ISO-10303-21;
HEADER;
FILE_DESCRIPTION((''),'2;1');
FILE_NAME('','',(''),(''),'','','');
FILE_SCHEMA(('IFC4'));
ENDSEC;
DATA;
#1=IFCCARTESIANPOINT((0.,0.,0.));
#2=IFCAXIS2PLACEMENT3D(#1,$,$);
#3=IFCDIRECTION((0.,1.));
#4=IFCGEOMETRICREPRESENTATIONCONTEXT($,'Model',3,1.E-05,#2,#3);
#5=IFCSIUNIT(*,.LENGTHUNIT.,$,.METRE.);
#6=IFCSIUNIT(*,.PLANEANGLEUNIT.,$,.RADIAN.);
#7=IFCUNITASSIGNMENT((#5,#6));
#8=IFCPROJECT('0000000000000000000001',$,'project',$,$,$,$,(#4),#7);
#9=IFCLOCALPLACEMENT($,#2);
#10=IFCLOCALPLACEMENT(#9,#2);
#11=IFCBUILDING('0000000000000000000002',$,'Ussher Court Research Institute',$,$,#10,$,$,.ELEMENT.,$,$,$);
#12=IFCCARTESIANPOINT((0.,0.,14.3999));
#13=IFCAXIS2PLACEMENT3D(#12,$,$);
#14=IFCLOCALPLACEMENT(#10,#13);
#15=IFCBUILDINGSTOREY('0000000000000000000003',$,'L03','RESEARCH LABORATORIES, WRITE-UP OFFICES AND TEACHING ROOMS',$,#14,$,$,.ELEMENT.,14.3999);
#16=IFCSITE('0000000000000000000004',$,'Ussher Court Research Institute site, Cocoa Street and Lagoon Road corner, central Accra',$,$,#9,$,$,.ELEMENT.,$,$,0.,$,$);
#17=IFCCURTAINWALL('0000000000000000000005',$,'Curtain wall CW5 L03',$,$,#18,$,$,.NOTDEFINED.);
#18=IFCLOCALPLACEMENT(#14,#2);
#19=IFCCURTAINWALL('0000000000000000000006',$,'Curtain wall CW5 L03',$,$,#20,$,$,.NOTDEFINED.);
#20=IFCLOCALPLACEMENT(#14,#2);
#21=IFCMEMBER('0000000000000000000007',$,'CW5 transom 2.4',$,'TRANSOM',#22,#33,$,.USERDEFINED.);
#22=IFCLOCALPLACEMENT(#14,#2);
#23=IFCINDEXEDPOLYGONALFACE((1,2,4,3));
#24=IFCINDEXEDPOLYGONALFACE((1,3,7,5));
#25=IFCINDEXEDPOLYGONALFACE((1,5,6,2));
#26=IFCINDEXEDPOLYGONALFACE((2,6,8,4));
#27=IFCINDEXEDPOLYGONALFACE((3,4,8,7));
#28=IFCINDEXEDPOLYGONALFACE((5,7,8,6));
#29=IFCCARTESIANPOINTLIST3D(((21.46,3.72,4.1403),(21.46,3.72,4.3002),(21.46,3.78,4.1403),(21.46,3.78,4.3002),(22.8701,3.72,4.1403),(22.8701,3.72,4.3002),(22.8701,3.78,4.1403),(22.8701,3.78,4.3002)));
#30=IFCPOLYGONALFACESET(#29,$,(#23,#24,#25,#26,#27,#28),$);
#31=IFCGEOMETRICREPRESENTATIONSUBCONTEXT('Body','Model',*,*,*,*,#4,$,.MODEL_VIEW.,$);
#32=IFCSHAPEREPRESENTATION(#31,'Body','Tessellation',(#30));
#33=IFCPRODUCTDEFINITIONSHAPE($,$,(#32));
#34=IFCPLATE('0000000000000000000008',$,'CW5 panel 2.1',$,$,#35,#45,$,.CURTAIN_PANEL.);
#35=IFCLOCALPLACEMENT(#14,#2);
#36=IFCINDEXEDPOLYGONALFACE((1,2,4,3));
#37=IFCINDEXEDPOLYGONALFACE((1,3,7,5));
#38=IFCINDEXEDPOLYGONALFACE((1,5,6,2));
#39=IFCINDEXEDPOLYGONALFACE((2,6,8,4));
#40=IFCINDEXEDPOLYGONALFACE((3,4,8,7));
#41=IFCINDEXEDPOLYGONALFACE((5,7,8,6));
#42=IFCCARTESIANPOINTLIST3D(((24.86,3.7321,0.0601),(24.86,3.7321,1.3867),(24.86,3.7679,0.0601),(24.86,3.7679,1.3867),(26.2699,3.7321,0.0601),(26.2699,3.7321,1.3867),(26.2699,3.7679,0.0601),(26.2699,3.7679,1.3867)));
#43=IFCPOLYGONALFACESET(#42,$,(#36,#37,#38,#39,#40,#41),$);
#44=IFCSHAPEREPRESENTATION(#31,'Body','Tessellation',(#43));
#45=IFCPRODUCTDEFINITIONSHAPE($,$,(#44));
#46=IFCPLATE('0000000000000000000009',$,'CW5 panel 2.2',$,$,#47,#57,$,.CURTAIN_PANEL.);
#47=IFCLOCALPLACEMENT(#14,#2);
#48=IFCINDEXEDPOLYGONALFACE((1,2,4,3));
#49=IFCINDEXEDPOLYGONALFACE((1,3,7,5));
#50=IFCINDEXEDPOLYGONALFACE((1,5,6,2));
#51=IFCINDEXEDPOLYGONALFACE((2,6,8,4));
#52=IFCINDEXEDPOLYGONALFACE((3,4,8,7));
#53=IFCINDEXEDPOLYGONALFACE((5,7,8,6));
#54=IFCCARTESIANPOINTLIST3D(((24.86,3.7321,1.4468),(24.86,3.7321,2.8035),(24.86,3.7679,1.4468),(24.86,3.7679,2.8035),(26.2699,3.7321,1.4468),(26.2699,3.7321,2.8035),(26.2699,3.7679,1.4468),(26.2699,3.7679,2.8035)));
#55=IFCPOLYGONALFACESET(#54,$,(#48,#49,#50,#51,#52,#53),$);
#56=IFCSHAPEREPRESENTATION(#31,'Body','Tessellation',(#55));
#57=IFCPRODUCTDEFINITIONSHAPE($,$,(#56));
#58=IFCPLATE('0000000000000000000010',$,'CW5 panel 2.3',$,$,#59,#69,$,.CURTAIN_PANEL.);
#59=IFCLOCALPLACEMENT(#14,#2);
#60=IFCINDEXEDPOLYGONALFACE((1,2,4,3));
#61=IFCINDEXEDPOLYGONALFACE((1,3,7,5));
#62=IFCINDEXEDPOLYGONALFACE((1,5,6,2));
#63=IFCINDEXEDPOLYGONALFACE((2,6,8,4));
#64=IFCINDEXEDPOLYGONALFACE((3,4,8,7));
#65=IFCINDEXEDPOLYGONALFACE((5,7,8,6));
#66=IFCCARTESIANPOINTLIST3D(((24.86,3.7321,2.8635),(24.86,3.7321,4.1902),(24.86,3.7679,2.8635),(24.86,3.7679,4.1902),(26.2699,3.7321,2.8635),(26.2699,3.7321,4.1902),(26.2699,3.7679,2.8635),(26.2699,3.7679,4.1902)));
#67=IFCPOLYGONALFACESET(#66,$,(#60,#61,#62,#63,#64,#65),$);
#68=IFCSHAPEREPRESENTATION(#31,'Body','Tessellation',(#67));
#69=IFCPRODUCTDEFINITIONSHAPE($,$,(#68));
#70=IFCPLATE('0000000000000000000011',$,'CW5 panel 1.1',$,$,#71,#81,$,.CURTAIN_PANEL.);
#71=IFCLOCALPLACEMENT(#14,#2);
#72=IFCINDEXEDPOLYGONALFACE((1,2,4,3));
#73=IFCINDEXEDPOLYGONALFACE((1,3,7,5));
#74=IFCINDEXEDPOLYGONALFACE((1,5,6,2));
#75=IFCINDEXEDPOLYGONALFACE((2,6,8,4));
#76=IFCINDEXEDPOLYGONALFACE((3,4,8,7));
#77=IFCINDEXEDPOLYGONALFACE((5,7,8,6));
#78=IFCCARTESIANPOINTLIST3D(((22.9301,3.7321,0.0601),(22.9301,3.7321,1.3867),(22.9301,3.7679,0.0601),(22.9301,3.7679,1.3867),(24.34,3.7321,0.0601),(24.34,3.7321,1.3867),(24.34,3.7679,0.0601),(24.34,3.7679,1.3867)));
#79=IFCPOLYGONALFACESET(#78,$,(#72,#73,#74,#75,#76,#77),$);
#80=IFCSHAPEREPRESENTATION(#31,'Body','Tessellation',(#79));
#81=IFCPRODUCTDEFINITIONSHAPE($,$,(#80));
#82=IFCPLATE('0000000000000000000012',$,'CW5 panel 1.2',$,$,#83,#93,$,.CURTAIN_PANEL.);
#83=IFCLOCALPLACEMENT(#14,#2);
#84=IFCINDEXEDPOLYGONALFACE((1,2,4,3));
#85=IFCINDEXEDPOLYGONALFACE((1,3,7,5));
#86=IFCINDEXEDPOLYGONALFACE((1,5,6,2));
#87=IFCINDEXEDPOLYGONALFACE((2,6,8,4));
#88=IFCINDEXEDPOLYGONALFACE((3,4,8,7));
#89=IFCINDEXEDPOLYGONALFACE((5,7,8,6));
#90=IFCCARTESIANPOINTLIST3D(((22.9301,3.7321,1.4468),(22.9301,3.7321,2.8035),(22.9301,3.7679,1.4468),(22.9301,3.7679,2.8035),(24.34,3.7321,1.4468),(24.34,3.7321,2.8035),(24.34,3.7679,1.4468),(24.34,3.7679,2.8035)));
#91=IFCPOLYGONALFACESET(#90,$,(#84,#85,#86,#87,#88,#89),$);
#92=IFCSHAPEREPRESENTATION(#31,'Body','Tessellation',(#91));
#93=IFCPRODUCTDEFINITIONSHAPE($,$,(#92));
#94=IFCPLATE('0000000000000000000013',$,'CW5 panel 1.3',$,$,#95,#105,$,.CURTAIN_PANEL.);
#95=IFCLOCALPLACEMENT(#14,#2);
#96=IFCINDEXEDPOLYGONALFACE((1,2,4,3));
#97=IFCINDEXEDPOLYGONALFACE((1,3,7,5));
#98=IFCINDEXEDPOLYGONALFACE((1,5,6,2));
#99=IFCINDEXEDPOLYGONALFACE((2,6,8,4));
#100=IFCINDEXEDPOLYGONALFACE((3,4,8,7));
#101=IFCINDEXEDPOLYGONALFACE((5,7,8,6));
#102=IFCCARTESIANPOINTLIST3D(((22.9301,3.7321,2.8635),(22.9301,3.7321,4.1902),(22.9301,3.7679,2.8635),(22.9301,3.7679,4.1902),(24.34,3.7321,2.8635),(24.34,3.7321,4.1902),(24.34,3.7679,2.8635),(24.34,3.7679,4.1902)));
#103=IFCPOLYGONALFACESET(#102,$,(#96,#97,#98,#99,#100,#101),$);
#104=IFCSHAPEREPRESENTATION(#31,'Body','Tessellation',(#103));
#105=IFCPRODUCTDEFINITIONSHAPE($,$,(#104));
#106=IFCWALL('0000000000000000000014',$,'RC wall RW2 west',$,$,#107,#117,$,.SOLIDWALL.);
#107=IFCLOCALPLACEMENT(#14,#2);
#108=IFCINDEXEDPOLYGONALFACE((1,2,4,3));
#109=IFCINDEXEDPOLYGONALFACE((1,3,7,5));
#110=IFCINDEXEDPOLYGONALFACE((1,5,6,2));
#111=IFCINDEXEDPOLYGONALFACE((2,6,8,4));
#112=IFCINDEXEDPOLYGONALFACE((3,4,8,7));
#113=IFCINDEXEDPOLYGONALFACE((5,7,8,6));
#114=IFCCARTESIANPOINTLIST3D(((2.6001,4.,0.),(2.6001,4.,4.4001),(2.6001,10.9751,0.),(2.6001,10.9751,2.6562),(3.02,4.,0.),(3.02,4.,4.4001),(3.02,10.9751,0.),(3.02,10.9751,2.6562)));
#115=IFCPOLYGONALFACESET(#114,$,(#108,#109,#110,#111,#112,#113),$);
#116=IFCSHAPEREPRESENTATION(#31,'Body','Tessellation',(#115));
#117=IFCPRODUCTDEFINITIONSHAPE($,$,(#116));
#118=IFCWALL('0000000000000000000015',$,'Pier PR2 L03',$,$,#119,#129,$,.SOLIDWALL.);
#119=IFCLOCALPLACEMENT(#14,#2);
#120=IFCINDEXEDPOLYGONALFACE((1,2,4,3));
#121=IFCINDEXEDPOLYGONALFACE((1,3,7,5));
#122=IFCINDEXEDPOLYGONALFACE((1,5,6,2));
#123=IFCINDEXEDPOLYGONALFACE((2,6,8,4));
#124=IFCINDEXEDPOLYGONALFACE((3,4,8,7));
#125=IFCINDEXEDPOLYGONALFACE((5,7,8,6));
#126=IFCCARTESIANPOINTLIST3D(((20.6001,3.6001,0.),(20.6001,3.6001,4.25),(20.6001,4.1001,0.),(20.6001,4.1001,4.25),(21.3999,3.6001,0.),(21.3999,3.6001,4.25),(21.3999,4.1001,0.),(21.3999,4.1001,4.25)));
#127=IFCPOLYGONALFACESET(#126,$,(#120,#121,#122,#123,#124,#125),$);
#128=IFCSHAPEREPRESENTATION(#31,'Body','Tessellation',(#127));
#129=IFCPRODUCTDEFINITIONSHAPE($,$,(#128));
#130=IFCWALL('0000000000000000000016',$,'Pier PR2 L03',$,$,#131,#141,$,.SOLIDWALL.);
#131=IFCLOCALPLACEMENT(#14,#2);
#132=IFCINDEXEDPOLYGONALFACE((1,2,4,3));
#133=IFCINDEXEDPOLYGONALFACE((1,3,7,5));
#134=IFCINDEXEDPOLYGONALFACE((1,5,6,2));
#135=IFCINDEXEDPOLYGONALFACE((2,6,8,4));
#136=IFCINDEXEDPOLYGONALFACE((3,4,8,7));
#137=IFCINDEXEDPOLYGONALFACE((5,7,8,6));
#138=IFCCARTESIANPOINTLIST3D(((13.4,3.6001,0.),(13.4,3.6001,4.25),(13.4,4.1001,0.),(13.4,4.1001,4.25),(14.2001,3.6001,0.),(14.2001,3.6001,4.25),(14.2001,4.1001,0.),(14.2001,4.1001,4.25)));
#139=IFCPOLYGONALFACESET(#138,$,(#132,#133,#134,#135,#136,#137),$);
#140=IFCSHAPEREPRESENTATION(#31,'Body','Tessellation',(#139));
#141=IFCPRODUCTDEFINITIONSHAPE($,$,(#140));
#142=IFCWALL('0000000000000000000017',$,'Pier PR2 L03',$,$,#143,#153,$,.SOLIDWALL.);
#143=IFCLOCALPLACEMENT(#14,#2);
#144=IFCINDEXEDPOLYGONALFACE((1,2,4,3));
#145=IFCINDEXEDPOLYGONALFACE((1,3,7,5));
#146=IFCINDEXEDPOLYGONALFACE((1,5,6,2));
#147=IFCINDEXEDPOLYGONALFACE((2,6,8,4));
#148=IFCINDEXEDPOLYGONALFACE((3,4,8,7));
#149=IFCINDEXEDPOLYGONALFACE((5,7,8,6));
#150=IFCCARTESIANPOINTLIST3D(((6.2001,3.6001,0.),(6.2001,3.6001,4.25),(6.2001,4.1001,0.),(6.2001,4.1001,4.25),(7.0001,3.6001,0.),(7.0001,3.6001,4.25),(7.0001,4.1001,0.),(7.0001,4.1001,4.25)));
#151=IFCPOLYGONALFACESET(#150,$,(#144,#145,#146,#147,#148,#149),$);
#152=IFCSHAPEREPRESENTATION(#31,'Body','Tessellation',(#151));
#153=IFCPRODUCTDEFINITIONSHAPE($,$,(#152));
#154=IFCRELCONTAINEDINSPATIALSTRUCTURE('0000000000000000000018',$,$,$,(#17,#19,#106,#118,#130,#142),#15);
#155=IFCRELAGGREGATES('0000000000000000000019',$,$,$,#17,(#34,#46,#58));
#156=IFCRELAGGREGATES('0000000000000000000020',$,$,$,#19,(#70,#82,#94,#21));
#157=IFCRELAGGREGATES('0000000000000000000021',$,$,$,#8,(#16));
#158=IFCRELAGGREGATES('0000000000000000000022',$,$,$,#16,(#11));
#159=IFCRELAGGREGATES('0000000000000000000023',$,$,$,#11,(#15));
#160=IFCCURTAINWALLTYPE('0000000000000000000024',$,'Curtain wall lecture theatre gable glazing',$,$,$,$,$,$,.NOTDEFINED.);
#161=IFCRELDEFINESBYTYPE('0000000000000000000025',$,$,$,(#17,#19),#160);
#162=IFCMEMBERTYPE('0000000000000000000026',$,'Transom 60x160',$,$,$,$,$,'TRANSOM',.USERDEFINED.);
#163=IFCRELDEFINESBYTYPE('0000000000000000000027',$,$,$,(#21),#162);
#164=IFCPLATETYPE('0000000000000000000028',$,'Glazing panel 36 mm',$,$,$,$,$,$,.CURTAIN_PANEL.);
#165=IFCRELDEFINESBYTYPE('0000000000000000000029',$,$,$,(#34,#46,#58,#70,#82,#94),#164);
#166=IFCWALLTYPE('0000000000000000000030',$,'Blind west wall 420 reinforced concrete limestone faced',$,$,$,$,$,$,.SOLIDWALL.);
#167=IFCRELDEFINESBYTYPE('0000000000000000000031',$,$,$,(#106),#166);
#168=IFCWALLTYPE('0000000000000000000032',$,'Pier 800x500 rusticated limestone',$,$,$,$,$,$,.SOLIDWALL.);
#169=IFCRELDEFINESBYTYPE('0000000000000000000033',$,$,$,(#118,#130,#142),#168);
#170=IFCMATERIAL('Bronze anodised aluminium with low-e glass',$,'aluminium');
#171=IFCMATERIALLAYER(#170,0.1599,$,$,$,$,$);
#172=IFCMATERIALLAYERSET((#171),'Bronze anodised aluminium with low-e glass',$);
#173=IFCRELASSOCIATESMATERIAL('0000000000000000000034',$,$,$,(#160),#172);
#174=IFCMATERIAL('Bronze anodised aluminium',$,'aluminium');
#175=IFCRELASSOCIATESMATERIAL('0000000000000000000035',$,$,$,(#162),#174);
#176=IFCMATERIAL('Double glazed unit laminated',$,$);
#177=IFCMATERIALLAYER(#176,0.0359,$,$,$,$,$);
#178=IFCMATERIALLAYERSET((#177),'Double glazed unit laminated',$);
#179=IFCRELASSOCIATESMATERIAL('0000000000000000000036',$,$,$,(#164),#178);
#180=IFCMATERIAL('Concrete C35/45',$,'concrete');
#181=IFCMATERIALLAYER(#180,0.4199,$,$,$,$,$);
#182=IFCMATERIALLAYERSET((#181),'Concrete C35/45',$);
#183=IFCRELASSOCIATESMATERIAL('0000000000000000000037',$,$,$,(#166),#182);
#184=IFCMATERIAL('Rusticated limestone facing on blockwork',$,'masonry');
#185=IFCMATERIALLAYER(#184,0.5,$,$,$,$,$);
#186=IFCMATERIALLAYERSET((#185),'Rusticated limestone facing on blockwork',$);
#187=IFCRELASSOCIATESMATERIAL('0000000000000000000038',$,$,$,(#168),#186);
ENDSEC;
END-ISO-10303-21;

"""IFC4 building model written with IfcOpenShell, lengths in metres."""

from ifc_helpers import new_model, si_unit, direction, frame, frame_2d, origin, origin_2d, place, context, subcontext, project, spatial, polyline, rectangle, outline, extrude, material, layer, layer_set, material_profile, profile_set, type_object, element, aggregate, save


model = new_model("IFC4")

# Units and contexts
model_context = context("Model", 3, precision=1e-05, world=origin(), true_north=direction((0.0, 1.0)))
body_context = subcontext(model_context, "Body", "Model", "MODEL_VIEW")
ifc_project = project(units=[si_unit("LENGTHUNIT", "METRE"), si_unit("PLANEANGLEUNIT", "RADIAN")], contexts=[model_context])

# Site, building, storey
site_placement = place(None, origin())
site = spatial("IfcSite", under=ifc_project, at=site_placement, Name="Ussher Court Research Institute site, Cocoa Street and Lagoon Road corner, central Accra", CompositionType="ELEMENT", RefElevation=0.0)
building_placement = place(site_placement, origin())
building = spatial("IfcBuilding", under=site, at=building_placement, Name="Ussher Court Research Institute", CompositionType="ELEMENT")
storey_placement = place(building_placement, frame((0.0, 0.0, 14.3999)))
storey = spatial("IfcBuildingStorey", under=building, at=storey_placement, Name="L03", Description="RESEARCH LABORATORIES, WRITE-UP OFFICES AND TEACHING ROOMS", CompositionType="ELEMENT", Elevation=14.3999)

# Curtain wall
ifc_material_1 = material(Name="Bronze anodised aluminium with low-e glass", Category="aluminium")
ifc_layer_1 = layer(ifc_material_1, 0.1599)
ifc_layer_set_1 = layer_set([ifc_layer_1], Name="Bronze anodised aluminium with low-e glass")
curtain_wall_type = type_object("IfcCurtainWallType", Name="Curtain wall lecture theatre gable glazing", PredefinedType="NOTDEFINED", material=ifc_layer_set_1)
curtain_wall_1_placement = place(storey_placement, origin())
curtain_wall_1 = element("IfcCurtainWall", 1, at=curtain_wall_1_placement, inside=storey, type_object=curtain_wall_type, Name="Curtain wall CW5 L03", PredefinedType="NOTDEFINED")

# Curtain wall
curtain_wall_2_placement = place(storey_placement, origin())
curtain_wall_2 = element("IfcCurtainWall", 2, at=curtain_wall_2_placement, inside=storey, type_object=curtain_wall_type, Name="Curtain wall CW5 L03", PredefinedType="NOTDEFINED")

# Member
ifc_material_2 = material(Name="Bronze anodised aluminium", Category="aluminium")
ifc_material_profile_1 = material_profile(ifc_material_2, rectangle(XDim=0.0601, YDim=0.1599, at=origin_2d()), Name="Transom 60x160")
ifc_profile_set_1 = profile_set([ifc_material_profile_1], Name="Bronze anodised aluminium")
member_type_1 = type_object("IfcMemberType", Name="Transom 60x160", ElementType="TRANSOM", PredefinedType="USERDEFINED", material=ifc_profile_set_1)
member_1_placement = place(storey_placement, frame((22.8701, 3.75, 4.2202), z_axis=(-1.0, 0.0, 0.0), x_axis=(0.0, -1.0, 0.0)))
member_1 = element("IfcMember", 3, at=member_1_placement, type_object=member_type_1, Name="CW5 transom 2.4", ObjectType="TRANSOM", PredefinedType="USERDEFINED", context=body_context, shape_type="SweptSolid", body=[
    extrude(rectangle(XDim=0.0601, YDim=0.1599, at=origin_2d()), origin(), (0.0, 0.0, 1.0), 1.4102),
])

# Plates
ifc_material_3 = material(Name="Double glazed unit laminated")
ifc_layer_2 = layer(ifc_material_3, 0.0359)
ifc_layer_set_2 = layer_set([ifc_layer_2], Name="Double glazed unit laminated")
plate_type = type_object("IfcPlateType", Name="Glazing panel 36 mm", PredefinedType="CURTAIN_PANEL", material=ifc_layer_set_2)
plate_1_placement = place(storey_placement, frame((25.5649, 3.75, 0.0601), z_axis=(0.0, 0.0, 1.0), x_axis=(-1.0, 0.0, 0.0)))
plate_1 = element("IfcPlate", 4, at=plate_1_placement, type_object=plate_type, Name="CW5 panel 2.1", PredefinedType="CURTAIN_PANEL", context=body_context, shape_type="SweptSolid", body=[
    extrude(rectangle(XDim=1.4099, YDim=0.0359, at=origin_2d()), origin(), (0.0, 0.0, 1.0), 1.3267),
])
plate_2_placement = place(storey_placement, frame((25.5649, 3.75, 1.4468), z_axis=(0.0, 0.0, 1.0), x_axis=(-1.0, 0.0, 0.0)))
plate_2 = element("IfcPlate", 5, at=plate_2_placement, type_object=plate_type, Name="CW5 panel 2.2", PredefinedType="CURTAIN_PANEL", context=body_context, shape_type="SweptSolid", body=[
    extrude(rectangle(XDim=1.4099, YDim=0.0359, at=origin_2d()), origin(), (0.0, 0.0, 1.0), 1.3567),
])
plate_3_placement = place(storey_placement, frame((25.5649, 3.75, 2.8635), z_axis=(0.0, 0.0, 1.0), x_axis=(-1.0, 0.0, 0.0)))
plate_3 = element("IfcPlate", 6, at=plate_3_placement, type_object=plate_type, Name="CW5 panel 2.3", PredefinedType="CURTAIN_PANEL", context=body_context, shape_type="SweptSolid", body=[
    extrude(rectangle(XDim=1.4099, YDim=0.0359, at=origin_2d()), origin(), (0.0, 0.0, 1.0), 1.3267),
])
aggregate(curtain_wall_1, [plate_1, plate_2, plate_3])
plate_4_placement = place(storey_placement, frame((23.635, 3.75, 0.0601), z_axis=(0.0, 0.0, 1.0), x_axis=(-1.0, 0.0, 0.0)))
plate_4 = element("IfcPlate", 7, at=plate_4_placement, type_object=plate_type, Name="CW5 panel 1.1", PredefinedType="CURTAIN_PANEL", context=body_context, shape_type="SweptSolid", body=[
    extrude(rectangle(XDim=1.4099, YDim=0.0359, at=origin_2d()), origin(), (0.0, 0.0, 1.0), 1.3267),
])
plate_5_placement = place(storey_placement, frame((23.635, 3.75, 1.4468), z_axis=(0.0, 0.0, 1.0), x_axis=(-1.0, 0.0, 0.0)))
plate_5 = element("IfcPlate", 8, at=plate_5_placement, type_object=plate_type, Name="CW5 panel 1.2", PredefinedType="CURTAIN_PANEL", context=body_context, shape_type="SweptSolid", body=[
    extrude(rectangle(XDim=1.4099, YDim=0.0359, at=origin_2d()), origin(), (0.0, 0.0, 1.0), 1.3567),
])
plate_6_placement = place(storey_placement, frame((23.635, 3.75, 2.8635), z_axis=(0.0, 0.0, 1.0), x_axis=(-1.0, 0.0, 0.0)))
plate_6 = element("IfcPlate", 9, at=plate_6_placement, type_object=plate_type, Name="CW5 panel 1.3", PredefinedType="CURTAIN_PANEL", context=body_context, shape_type="SweptSolid", body=[
    extrude(rectangle(XDim=1.4099, YDim=0.0359, at=origin_2d()), origin(), (0.0, 0.0, 1.0), 1.3267),
])
aggregate(curtain_wall_2, [plate_4, plate_5, plate_6, member_1])

# Walls
ifc_material_4 = material(Name="Concrete C35/45", Category="concrete")
ifc_layer_3 = layer(ifc_material_4, 0.4199)
ifc_layer_set_3 = layer_set([ifc_layer_3], Name="Concrete C35/45")
wall_type_1 = type_object("IfcWallType", Name="Blind west wall 420 reinforced concrete limestone faced", PredefinedType="SOLIDWALL", material=ifc_layer_set_3)
wall_1_placement = place(storey_placement, frame((2.8101, 4.0, 0.0), z_axis=(0.0, 0.0, 1.0), x_axis=(0.0, 1.0, 0.0)))
element("IfcWall", 10, at=wall_1_placement, inside=storey, type_object=wall_type_1, Name="RC wall RW2 west", PredefinedType="SOLIDWALL", context=body_context, shape_type="SweptSolid", body=[
    extrude(outline(polyline([(0.0, 0.0), (6.9751, 0.0), (6.9751, 2.6562), (0.0, 4.4001), (0.0, 0.0)])), frame((0.0, 0.21, 0.0), z_axis=(0.0, -1.0, 0.0), x_axis=(1.0, 0.0, 0.0)), (0.0, 0.0, 1.0), 0.4199),
])
ifc_material_5 = material(Name="Rusticated limestone facing on blockwork", Category="masonry")
ifc_layer_4 = layer(ifc_material_5, 0.5)
ifc_layer_set_4 = layer_set([ifc_layer_4], Name="Rusticated limestone facing on blockwork")
wall_type_2 = type_object("IfcWallType", Name="Pier 800x500 rusticated limestone", PredefinedType="SOLIDWALL", material=ifc_layer_set_4)
wall_2_placement = place(storey_placement, frame((21.3999, 3.8501, 0.0), z_axis=(0.0, 0.0, 1.0), x_axis=(-1.0, 0.0, 0.0)))
element("IfcWall", 11, at=wall_2_placement, inside=storey, type_object=wall_type_2, Name="Pier PR2 L03", PredefinedType="SOLIDWALL", context=body_context, shape_type="SweptSolid", body=[
    extrude(rectangle(XDim=0.7998, YDim=0.5, at=frame_2d((0.3999, 0.0))), origin(), (0.0, 0.0, 1.0), 4.25),
])
for number, where, z_axis, x_axis, name in (
    (12, (14.2, 3.8501, 0.0), (0.0, 0.0, 1.0), (-1.0, 0.0, 0.0), "Pier PR2 L03"),
    (13, (7.0, 3.8501, 0.0), (0.0, 0.0, 1.0), (-1.0, 0.0, 0.0), "Pier PR2 L03"),
):
    element("IfcWall", number, at=place(storey_placement, frame(where, z_axis=z_axis, x_axis=x_axis)), inside=storey, type_object=wall_type_2, Name=name, PredefinedType="SOLIDWALL", context=body_context, shape_type="SweptSolid", body=[
        extrude(rectangle(XDim=0.8, YDim=0.5, at=frame_2d((0.3999, 0.0))), origin(), (0.0, 0.0, 1.0), 4.25),
    ])

save(model, "model.ifc")
